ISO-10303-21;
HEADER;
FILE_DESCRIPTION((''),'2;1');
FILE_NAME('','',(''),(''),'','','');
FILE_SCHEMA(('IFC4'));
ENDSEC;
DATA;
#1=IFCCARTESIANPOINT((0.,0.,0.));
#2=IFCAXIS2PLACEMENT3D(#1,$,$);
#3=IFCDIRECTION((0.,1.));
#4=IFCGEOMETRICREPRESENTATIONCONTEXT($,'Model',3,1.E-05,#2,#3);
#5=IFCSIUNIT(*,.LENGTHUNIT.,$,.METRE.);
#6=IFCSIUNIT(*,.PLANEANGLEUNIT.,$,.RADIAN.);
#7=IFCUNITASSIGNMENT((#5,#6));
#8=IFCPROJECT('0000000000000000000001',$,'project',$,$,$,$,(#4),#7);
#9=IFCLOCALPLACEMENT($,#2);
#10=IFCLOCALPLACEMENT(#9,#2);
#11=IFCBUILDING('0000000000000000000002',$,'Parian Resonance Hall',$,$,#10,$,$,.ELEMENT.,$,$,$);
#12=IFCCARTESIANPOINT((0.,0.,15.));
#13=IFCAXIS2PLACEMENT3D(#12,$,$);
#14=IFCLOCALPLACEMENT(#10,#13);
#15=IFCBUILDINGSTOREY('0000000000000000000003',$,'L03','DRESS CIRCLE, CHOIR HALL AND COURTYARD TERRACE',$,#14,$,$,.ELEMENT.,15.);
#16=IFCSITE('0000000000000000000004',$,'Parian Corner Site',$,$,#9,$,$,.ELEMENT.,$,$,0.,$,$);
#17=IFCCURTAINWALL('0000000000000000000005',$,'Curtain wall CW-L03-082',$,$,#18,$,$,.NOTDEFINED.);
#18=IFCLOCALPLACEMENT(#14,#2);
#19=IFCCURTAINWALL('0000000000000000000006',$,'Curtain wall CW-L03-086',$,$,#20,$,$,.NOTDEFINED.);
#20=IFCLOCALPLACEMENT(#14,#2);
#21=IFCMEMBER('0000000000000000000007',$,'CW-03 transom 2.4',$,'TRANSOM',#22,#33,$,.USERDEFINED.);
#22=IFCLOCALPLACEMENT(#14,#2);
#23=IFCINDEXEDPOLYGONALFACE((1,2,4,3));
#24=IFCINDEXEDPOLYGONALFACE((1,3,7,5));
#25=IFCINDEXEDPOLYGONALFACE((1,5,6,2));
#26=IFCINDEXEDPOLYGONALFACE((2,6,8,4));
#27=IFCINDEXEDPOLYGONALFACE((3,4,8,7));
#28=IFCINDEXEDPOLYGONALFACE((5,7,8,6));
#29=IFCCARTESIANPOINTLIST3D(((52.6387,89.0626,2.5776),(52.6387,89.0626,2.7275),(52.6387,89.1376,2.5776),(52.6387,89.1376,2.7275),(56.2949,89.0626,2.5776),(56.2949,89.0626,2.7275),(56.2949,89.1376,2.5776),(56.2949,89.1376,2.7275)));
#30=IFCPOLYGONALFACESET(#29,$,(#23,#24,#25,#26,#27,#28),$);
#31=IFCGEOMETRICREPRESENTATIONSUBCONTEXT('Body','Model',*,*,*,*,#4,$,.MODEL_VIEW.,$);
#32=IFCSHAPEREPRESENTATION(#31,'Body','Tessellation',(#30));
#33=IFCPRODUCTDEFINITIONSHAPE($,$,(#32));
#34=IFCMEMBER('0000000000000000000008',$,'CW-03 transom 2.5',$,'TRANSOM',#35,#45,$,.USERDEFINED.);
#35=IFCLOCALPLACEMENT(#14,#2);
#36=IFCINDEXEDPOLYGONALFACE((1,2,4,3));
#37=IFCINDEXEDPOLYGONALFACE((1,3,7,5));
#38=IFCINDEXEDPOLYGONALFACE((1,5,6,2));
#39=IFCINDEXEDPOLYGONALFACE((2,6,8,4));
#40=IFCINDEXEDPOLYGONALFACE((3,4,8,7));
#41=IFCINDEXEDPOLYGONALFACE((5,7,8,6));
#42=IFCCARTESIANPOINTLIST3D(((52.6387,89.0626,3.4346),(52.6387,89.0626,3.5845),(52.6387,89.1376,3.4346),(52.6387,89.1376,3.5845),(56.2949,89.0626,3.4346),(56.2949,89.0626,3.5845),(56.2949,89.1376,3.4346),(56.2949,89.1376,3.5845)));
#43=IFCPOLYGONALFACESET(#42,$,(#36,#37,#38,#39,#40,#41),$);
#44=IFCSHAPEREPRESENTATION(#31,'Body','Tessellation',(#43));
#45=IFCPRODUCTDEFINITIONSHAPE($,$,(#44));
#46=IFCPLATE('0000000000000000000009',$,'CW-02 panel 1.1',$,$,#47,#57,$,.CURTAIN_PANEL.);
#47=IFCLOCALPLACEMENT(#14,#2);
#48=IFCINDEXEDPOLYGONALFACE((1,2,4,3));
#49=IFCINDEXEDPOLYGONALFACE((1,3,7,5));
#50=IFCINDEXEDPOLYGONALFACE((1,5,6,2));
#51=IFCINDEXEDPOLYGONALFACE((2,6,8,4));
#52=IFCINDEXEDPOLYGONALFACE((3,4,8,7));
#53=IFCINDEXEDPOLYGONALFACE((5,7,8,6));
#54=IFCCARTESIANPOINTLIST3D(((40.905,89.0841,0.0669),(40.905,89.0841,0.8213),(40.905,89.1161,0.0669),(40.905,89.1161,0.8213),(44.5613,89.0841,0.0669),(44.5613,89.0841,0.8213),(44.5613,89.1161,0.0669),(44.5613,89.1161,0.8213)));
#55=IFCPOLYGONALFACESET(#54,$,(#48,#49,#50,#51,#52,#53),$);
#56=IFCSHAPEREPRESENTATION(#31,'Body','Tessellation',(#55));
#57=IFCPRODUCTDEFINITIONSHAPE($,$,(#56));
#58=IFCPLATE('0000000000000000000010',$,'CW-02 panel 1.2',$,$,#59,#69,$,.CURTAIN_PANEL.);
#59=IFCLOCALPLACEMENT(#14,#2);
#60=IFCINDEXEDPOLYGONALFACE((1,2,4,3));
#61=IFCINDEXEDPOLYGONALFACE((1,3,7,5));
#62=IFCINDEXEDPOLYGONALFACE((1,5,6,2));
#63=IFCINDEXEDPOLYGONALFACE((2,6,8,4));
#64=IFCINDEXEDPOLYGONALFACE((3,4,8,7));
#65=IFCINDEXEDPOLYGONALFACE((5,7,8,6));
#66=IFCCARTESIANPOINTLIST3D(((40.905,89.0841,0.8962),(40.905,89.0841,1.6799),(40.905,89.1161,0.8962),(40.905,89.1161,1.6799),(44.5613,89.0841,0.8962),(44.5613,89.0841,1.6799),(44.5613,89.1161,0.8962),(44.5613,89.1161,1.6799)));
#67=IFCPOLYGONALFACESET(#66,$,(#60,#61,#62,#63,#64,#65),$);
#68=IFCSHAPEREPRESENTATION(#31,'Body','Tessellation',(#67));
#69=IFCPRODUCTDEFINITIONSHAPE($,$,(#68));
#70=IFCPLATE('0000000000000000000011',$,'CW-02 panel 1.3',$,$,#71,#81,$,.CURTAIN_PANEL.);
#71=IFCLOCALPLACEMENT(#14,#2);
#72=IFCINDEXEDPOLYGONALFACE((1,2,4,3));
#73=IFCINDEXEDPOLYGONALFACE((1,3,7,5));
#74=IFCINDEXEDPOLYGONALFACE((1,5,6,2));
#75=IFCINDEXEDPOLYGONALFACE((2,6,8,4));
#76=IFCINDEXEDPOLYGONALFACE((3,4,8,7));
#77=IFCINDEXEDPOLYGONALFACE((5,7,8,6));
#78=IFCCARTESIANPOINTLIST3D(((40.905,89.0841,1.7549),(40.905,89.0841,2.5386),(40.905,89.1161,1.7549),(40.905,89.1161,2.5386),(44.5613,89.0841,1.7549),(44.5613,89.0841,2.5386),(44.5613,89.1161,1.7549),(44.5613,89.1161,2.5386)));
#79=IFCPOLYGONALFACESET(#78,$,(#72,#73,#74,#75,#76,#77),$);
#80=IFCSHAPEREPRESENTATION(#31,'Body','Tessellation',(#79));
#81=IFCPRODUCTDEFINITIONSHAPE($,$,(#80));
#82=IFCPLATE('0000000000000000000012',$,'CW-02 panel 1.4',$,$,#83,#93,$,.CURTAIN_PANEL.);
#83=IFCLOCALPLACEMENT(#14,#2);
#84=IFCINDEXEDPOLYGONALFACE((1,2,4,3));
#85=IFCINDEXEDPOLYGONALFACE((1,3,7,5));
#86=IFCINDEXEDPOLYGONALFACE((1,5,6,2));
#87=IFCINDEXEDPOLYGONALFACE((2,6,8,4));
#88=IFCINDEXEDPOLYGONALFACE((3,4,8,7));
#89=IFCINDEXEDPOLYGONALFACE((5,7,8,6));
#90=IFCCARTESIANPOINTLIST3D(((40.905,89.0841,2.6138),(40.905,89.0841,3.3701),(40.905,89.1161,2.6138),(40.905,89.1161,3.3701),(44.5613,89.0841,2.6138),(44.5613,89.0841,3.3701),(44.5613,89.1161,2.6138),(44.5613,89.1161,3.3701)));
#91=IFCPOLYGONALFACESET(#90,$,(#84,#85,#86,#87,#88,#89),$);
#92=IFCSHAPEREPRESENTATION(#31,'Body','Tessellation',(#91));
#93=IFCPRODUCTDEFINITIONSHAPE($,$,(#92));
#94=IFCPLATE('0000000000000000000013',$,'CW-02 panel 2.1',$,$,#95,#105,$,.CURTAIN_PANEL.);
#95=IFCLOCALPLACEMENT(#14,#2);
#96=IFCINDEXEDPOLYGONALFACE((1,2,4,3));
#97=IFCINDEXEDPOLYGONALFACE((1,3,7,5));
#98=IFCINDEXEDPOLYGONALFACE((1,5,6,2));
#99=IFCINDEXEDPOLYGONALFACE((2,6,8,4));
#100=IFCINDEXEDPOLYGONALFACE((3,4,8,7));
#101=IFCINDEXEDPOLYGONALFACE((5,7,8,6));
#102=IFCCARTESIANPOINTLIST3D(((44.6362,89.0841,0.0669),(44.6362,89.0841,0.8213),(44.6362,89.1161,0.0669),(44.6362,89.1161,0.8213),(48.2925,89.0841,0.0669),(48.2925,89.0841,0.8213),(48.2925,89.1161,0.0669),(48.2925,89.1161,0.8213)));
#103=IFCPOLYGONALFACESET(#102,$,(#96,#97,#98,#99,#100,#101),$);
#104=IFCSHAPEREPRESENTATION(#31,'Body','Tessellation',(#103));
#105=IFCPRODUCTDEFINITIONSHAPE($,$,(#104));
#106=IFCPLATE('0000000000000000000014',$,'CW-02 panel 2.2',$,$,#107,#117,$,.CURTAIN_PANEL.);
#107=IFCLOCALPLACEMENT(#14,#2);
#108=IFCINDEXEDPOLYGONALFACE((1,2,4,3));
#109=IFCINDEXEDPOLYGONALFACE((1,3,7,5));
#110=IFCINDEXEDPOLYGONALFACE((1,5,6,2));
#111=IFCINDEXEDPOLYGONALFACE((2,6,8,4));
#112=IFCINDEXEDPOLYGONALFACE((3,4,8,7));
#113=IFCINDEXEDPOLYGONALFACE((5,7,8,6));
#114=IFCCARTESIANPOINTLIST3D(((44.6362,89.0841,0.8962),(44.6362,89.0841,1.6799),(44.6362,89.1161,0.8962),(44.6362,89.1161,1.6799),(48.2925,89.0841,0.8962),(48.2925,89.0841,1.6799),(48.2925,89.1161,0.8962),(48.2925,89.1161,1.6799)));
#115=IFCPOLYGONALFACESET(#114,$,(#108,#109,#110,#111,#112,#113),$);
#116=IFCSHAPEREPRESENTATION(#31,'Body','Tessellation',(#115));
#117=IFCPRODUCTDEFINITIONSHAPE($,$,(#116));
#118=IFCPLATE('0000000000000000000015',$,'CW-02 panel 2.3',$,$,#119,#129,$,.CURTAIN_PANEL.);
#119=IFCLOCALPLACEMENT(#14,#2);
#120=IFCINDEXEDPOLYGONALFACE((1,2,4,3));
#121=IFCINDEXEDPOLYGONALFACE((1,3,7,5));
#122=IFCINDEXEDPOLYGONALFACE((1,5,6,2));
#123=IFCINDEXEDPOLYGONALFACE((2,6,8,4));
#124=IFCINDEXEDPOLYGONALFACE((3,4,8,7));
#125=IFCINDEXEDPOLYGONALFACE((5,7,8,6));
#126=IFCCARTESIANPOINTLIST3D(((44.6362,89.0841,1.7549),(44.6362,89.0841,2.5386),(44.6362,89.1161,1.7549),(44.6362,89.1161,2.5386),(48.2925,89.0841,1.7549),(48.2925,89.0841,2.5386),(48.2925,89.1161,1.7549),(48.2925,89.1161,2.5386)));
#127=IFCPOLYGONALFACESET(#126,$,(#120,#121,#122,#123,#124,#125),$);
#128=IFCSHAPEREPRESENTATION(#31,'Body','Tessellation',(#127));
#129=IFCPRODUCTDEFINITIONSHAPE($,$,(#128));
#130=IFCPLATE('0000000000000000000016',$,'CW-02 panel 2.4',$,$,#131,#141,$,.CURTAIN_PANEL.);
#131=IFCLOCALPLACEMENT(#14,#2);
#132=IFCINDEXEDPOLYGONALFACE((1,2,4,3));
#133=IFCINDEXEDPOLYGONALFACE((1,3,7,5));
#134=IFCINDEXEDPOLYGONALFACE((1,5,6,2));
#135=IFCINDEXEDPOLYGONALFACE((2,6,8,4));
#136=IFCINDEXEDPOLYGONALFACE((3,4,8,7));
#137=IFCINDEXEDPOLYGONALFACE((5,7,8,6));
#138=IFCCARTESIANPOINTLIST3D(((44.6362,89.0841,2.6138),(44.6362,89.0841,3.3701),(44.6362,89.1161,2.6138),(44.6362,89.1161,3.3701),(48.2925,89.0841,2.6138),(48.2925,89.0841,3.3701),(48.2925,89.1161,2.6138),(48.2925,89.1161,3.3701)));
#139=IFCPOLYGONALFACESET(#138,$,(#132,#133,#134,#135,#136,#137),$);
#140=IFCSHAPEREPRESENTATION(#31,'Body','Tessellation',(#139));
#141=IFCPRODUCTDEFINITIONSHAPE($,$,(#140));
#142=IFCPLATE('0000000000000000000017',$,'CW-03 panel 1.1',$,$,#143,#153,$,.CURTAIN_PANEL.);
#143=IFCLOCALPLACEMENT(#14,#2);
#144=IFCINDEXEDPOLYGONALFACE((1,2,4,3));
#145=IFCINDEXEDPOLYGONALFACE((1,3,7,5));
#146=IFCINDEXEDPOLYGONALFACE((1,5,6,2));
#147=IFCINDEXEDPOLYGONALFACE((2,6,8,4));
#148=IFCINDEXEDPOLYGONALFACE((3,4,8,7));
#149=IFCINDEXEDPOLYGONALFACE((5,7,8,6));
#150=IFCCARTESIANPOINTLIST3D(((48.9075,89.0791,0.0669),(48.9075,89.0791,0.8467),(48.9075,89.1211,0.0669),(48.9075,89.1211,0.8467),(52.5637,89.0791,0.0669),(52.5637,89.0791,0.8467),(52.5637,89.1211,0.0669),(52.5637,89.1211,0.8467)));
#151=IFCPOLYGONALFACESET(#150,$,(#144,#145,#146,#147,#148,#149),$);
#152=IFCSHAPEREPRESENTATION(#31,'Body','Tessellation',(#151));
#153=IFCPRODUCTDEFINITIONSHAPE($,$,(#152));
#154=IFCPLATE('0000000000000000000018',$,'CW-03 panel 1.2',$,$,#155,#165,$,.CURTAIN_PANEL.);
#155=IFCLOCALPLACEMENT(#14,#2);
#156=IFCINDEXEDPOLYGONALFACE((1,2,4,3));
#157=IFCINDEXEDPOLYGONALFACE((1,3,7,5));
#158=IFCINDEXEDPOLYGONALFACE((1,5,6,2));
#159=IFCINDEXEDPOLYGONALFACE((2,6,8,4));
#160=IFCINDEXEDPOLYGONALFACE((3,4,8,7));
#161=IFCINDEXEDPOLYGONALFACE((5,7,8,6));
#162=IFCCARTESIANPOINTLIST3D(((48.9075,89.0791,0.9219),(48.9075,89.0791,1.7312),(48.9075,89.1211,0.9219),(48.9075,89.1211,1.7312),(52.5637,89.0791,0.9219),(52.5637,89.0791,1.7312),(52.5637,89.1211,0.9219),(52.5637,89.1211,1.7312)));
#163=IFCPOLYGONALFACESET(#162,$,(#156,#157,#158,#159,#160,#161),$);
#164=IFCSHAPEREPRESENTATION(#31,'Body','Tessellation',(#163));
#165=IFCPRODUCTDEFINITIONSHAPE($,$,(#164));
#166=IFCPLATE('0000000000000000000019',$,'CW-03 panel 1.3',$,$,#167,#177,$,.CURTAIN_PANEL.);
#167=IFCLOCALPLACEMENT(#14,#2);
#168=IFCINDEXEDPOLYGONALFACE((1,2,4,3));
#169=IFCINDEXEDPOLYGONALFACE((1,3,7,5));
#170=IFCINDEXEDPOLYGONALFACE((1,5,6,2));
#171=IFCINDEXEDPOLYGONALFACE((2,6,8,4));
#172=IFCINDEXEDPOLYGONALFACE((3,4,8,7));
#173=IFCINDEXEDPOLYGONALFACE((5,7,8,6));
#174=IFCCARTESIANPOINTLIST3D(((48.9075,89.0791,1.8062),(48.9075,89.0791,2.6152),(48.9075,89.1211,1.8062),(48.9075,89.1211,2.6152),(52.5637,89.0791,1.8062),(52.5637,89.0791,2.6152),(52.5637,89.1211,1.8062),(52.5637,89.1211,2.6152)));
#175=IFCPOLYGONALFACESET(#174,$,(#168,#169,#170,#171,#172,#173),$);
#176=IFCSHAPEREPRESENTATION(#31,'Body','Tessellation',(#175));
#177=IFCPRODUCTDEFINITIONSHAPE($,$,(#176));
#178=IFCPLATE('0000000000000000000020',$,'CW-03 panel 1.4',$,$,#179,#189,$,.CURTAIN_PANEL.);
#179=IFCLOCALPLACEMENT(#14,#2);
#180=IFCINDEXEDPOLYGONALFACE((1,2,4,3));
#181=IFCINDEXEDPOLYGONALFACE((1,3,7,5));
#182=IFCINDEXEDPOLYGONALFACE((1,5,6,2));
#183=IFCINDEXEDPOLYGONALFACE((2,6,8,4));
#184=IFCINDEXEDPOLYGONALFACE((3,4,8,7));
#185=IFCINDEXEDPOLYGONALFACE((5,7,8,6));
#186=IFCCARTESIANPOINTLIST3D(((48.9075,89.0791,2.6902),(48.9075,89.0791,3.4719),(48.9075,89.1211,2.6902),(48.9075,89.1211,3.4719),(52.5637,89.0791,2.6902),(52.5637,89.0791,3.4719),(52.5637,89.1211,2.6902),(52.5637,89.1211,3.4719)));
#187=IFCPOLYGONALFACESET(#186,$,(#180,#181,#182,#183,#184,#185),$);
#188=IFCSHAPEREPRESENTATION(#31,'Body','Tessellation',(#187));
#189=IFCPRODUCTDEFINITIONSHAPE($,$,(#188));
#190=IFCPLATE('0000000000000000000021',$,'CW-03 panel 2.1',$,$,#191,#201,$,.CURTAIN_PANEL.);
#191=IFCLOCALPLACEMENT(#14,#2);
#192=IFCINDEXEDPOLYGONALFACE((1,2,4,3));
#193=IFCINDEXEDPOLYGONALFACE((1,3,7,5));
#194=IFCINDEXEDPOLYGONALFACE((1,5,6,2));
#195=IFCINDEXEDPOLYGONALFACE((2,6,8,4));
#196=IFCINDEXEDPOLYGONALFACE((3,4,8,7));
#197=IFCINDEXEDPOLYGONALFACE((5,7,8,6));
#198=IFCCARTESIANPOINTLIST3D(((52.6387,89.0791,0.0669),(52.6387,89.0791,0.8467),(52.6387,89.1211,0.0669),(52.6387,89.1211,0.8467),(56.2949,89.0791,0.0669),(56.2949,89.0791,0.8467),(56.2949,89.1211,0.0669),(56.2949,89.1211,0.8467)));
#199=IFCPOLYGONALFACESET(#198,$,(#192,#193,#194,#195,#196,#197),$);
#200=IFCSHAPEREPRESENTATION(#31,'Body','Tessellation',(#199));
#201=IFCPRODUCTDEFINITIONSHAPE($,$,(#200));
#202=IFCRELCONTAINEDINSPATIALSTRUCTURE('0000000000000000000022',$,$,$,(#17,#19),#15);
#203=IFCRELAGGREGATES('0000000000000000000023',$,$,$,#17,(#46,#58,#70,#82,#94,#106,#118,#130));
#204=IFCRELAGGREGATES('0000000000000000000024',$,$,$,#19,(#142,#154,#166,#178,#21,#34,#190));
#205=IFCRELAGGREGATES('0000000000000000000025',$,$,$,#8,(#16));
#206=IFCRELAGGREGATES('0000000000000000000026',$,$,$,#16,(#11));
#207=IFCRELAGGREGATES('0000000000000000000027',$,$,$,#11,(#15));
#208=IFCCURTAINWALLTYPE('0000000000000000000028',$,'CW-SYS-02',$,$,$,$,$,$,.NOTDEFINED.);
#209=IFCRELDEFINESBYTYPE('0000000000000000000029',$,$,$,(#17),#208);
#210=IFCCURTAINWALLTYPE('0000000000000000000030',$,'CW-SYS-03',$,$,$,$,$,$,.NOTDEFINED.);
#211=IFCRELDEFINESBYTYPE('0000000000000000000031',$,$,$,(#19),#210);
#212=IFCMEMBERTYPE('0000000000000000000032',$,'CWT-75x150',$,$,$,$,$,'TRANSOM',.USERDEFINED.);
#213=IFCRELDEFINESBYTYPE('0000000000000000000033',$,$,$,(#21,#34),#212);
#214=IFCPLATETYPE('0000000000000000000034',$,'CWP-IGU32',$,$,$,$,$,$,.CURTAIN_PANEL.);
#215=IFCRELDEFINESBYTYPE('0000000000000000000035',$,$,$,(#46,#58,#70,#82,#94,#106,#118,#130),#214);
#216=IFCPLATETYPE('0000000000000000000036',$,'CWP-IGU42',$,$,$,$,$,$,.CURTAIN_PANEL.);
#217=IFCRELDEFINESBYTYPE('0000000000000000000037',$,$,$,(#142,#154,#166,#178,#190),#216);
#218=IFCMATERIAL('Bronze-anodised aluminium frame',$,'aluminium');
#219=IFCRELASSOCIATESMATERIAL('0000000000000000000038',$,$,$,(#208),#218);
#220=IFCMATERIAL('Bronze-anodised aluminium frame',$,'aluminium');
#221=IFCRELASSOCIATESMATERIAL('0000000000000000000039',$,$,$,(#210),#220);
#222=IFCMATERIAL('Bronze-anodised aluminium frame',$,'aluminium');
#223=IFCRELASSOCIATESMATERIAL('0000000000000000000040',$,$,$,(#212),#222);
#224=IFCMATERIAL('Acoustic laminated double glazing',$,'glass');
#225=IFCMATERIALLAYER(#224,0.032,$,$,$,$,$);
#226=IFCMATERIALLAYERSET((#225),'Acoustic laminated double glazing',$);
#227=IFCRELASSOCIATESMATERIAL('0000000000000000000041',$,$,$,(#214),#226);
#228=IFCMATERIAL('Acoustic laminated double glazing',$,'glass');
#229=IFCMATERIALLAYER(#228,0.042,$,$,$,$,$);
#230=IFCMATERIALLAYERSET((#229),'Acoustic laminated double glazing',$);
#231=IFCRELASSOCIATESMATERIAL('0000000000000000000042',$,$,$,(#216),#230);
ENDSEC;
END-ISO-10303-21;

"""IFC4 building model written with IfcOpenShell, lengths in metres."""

from ifc_helpers import new_model, si_unit, direction, frame, origin, origin_2d, place, context, subcontext, project, spatial, rectangle, extrude, material, layer, layer_set, material_profile, profile_set, type_object, element, aggregate, save


model = new_model("IFC4")

# Units and contexts
model_context = context("Model", 3, precision=1e-05, world=origin(), true_north=direction((0.0, 1.0)))
body_context = subcontext(model_context, "Body", "Model", "MODEL_VIEW")
ifc_project = project(units=[si_unit("LENGTHUNIT", "METRE"), si_unit("PLANEANGLEUNIT", "RADIAN")], contexts=[model_context])

# Site, building, storey
site_placement = place(None, origin())
site = spatial("IfcSite", under=ifc_project, at=site_placement, Name="Parian Corner Site", CompositionType="ELEMENT", RefElevation=0.0)
building_placement = place(site_placement, origin())
building = spatial("IfcBuilding", under=site, at=building_placement, Name="Parian Resonance Hall", CompositionType="ELEMENT")
storey_placement = place(building_placement, frame((0.0, 0.0, 15.0)))
storey = spatial("IfcBuildingStorey", under=building, at=storey_placement, Name="L03", Description="DRESS CIRCLE, CHOIR HALL AND COURTYARD TERRACE", CompositionType="ELEMENT", Elevation=15.0)

# Curtain walls
ifc_material_1 = material(Name="Bronze-anodised aluminium frame", Category="aluminium")
curtain_wall_type_1 = type_object("IfcCurtainWallType", Name="CW-SYS-02", PredefinedType="NOTDEFINED", material=ifc_material_1)
curtain_wall_1_placement = place(storey_placement, origin())
curtain_wall_1 = element("IfcCurtainWall", 1, at=curtain_wall_1_placement, inside=storey, type_object=curtain_wall_type_1, Name="Curtain wall CW-L03-082", PredefinedType="NOTDEFINED")
ifc_material_2 = material(Name="Bronze-anodised aluminium frame", Category="aluminium")
curtain_wall_type_2 = type_object("IfcCurtainWallType", Name="CW-SYS-03", PredefinedType="NOTDEFINED", material=ifc_material_2)
curtain_wall_2_placement = place(storey_placement, origin())
curtain_wall_2 = element("IfcCurtainWall", 2, at=curtain_wall_2_placement, inside=storey, type_object=curtain_wall_type_2, Name="Curtain wall CW-L03-086", PredefinedType="NOTDEFINED")

# Members
ifc_material_3 = material(Name="Bronze-anodised aluminium frame", Category="aluminium")
ifc_material_profile_1 = material_profile(ifc_material_3, rectangle(XDim=0.075, YDim=0.1499, at=origin_2d()), Name="CWT-75x150")
ifc_profile_set_1 = profile_set([ifc_material_profile_1], Name="Bronze-anodised aluminium frame")
member_type_1 = type_object("IfcMemberType", Name="CWT-75x150", ElementType="TRANSOM", PredefinedType="USERDEFINED", material=ifc_profile_set_1)
member_1_placement = place(storey_placement, frame((52.6387, 89.1001, 2.6526), z_axis=(1.0, 0.0, 0.0), x_axis=(0.0, 1.0, 0.0)))
member_1 = element("IfcMember", 3, at=member_1_placement, type_object=member_type_1, Name="CW-03 transom 2.4", ObjectType="TRANSOM", PredefinedType="USERDEFINED", context=body_context, shape_type="SweptSolid", body=[
    extrude(rectangle(XDim=0.075, YDim=0.1499, at=origin_2d()), origin(), (0.0, 0.0, 1.0), 3.6562),
])
member_2_placement = place(storey_placement, frame((52.6387, 89.1001, 3.5095), z_axis=(1.0, 0.0, 0.0), x_axis=(0.0, 1.0, 0.0)))
member_2 = element("IfcMember", 4, at=member_2_placement, type_object=member_type_1, Name="CW-03 transom 2.5", ObjectType="TRANSOM", PredefinedType="USERDEFINED", context=body_context, shape_type="SweptSolid", body=[
    extrude(rectangle(XDim=0.075, YDim=0.1499, at=origin_2d()), origin(), (0.0, 0.0, 1.0), 3.6562),
])

# Plates
ifc_material_4 = material(Name="Acoustic laminated double glazing", Category="glass")
ifc_layer_1 = layer(ifc_material_4, 0.032)
ifc_layer_set_1 = layer_set([ifc_layer_1], Name="Acoustic laminated double glazing")
plate_type_1 = type_object("IfcPlateType", Name="CWP-IGU32", PredefinedType="CURTAIN_PANEL", material=ifc_layer_set_1)
plate_1_placement = place(storey_placement, frame((42.7332, 89.1001, 0.0669), z_axis=(0.0, 0.0, 1.0), x_axis=(1.0, 0.0, 0.0)))
plate_1 = element("IfcPlate", 5, at=plate_1_placement, type_object=plate_type_1, Name="CW-02 panel 1.1", PredefinedType="CURTAIN_PANEL", context=body_context, shape_type="SweptSolid", body=[
    extrude(rectangle(XDim=3.6562, YDim=0.032, at=origin_2d()), origin(), (0.0, 0.0, 1.0), 0.7544),
])
plate_2_placement = place(storey_placement, frame((42.7332, 89.1001, 0.8962), z_axis=(0.0, 0.0, 1.0), x_axis=(1.0, 0.0, 0.0)))
plate_2 = element("IfcPlate", 6, at=plate_2_placement, type_object=plate_type_1, Name="CW-02 panel 1.2", PredefinedType="CURTAIN_PANEL", context=body_context, shape_type="SweptSolid", body=[
    extrude(rectangle(XDim=3.6562, YDim=0.032, at=origin_2d()), origin(), (0.0, 0.0, 1.0), 0.7837),
])
plate_3_placement = place(storey_placement, frame((42.7332, 89.1001, 1.7549), z_axis=(0.0, 0.0, 1.0), x_axis=(1.0, 0.0, 0.0)))
plate_3 = element("IfcPlate", 7, at=plate_3_placement, type_object=plate_type_1, Name="CW-02 panel 1.3", PredefinedType="CURTAIN_PANEL", context=body_context, shape_type="SweptSolid", body=[
    extrude(rectangle(XDim=3.6562, YDim=0.032, at=origin_2d()), origin(), (0.0, 0.0, 1.0), 0.7837),
])
plate_4_placement = place(storey_placement, frame((42.7332, 89.1001, 2.6138), z_axis=(0.0, 0.0, 1.0), x_axis=(1.0, 0.0, 0.0)))
plate_4 = element("IfcPlate", 8, at=plate_4_placement, type_object=plate_type_1, Name="CW-02 panel 1.4", PredefinedType="CURTAIN_PANEL", context=body_context, shape_type="SweptSolid", body=[
    extrude(rectangle(XDim=3.6562, YDim=0.032, at=origin_2d()), origin(), (0.0, 0.0, 1.0), 0.7563),
])
plate_5_placement = place(storey_placement, frame((46.4644, 89.1001, 0.0669), z_axis=(0.0, 0.0, 1.0), x_axis=(1.0, 0.0, 0.0)))
plate_5 = element("IfcPlate", 9, at=plate_5_placement, type_object=plate_type_1, Name="CW-02 panel 2.1", PredefinedType="CURTAIN_PANEL", context=body_context, shape_type="SweptSolid", body=[
    extrude(rectangle(XDim=3.6562, YDim=0.032, at=origin_2d()), origin(), (0.0, 0.0, 1.0), 0.7544),
])
plate_6_placement = place(storey_placement, frame((46.4644, 89.1001, 0.8962), z_axis=(0.0, 0.0, 1.0), x_axis=(1.0, 0.0, 0.0)))
plate_6 = element("IfcPlate", 10, at=plate_6_placement, type_object=plate_type_1, Name="CW-02 panel 2.2", PredefinedType="CURTAIN_PANEL", context=body_context, shape_type="SweptSolid", body=[
    extrude(rectangle(XDim=3.6562, YDim=0.032, at=origin_2d()), origin(), (0.0, 0.0, 1.0), 0.7837),
])
plate_7_placement = place(storey_placement, frame((46.4644, 89.1001, 1.7549), z_axis=(0.0, 0.0, 1.0), x_axis=(1.0, 0.0, 0.0)))
plate_7 = element("IfcPlate", 11, at=plate_7_placement, type_object=plate_type_1, Name="CW-02 panel 2.3", PredefinedType="CURTAIN_PANEL", context=body_context, shape_type="SweptSolid", body=[
    extrude(rectangle(XDim=3.6562, YDim=0.032, at=origin_2d()), origin(), (0.0, 0.0, 1.0), 0.7837),
])
plate_8_placement = place(storey_placement, frame((46.4644, 89.1001, 2.6138), z_axis=(0.0, 0.0, 1.0), x_axis=(1.0, 0.0, 0.0)))
plate_8 = element("IfcPlate", 12, at=plate_8_placement, type_object=plate_type_1, Name="CW-02 panel 2.4", PredefinedType="CURTAIN_PANEL", context=body_context, shape_type="SweptSolid", body=[
    extrude(rectangle(XDim=3.6562, YDim=0.032, at=origin_2d()), origin(), (0.0, 0.0, 1.0), 0.7563),
])
aggregate(curtain_wall_1, [plate_1, plate_2, plate_3, plate_4, plate_5, plate_6, plate_7, plate_8])
ifc_material_5 = material(Name="Acoustic laminated double glazing", Category="glass")
ifc_layer_2 = layer(ifc_material_5, 0.042)
ifc_layer_set_2 = layer_set([ifc_layer_2], Name="Acoustic laminated double glazing")
plate_type_2 = type_object("IfcPlateType", Name="CWP-IGU42", PredefinedType="CURTAIN_PANEL", material=ifc_layer_set_2)
plate_9_placement = place(storey_placement, frame((50.7356, 89.1001, 0.0669), z_axis=(0.0, 0.0, 1.0), x_axis=(1.0, 0.0, 0.0)))
plate_9 = element("IfcPlate", 13, at=plate_9_placement, type_object=plate_type_2, Name="CW-03 panel 1.1", PredefinedType="CURTAIN_PANEL", context=body_context, shape_type="SweptSolid", body=[
    extrude(rectangle(XDim=3.6562, YDim=0.042, at=origin_2d()), origin(), (0.0, 0.0, 1.0), 0.7798),
])
plate_10_placement = place(storey_placement, frame((50.7356, 89.1001, 0.9219), z_axis=(0.0, 0.0, 1.0), x_axis=(1.0, 0.0, 0.0)))
plate_10 = element("IfcPlate", 14, at=plate_10_placement, type_object=plate_type_2, Name="CW-03 panel 1.2", PredefinedType="CURTAIN_PANEL", context=body_context, shape_type="SweptSolid", body=[
    extrude(rectangle(XDim=3.6562, YDim=0.042, at=origin_2d()), origin(), (0.0, 0.0, 1.0), 0.8093),
])
plate_11_placement = place(storey_placement, frame((50.7356, 89.1001, 1.8062), z_axis=(0.0, 0.0, 1.0), x_axis=(1.0, 0.0, 0.0)))
plate_11 = element("IfcPlate", 15, at=plate_11_placement, type_object=plate_type_2, Name="CW-03 panel 1.3", PredefinedType="CURTAIN_PANEL", context=body_context, shape_type="SweptSolid", body=[
    extrude(rectangle(XDim=3.6562, YDim=0.042, at=origin_2d()), origin(), (0.0, 0.0, 1.0), 0.8091),
])
plate_12_placement = place(storey_placement, frame((50.7356, 89.1001, 2.6902), z_axis=(0.0, 0.0, 1.0), x_axis=(1.0, 0.0, 0.0)))
plate_12 = element("IfcPlate", 16, at=plate_12_placement, type_object=plate_type_2, Name="CW-03 panel 1.4", PredefinedType="CURTAIN_PANEL", context=body_context, shape_type="SweptSolid", body=[
    extrude(rectangle(XDim=3.6562, YDim=0.042, at=origin_2d()), origin(), (0.0, 0.0, 1.0), 0.7817),
])
plate_13_placement = place(storey_placement, frame((54.4668, 89.1001, 0.0669), z_axis=(0.0, 0.0, 1.0), x_axis=(1.0, 0.0, 0.0)))
plate_13 = element("IfcPlate", 17, at=plate_13_placement, type_object=plate_type_2, Name="CW-03 panel 2.1", PredefinedType="CURTAIN_PANEL", context=body_context, shape_type="SweptSolid", body=[
    extrude(rectangle(XDim=3.6562, YDim=0.042, at=origin_2d()), origin(), (0.0, 0.0, 1.0), 0.7798),
])
aggregate(curtain_wall_2, [plate_9, plate_10, plate_11, plate_12, member_1, member_2, plate_13])

save(model, "model.ifc")
